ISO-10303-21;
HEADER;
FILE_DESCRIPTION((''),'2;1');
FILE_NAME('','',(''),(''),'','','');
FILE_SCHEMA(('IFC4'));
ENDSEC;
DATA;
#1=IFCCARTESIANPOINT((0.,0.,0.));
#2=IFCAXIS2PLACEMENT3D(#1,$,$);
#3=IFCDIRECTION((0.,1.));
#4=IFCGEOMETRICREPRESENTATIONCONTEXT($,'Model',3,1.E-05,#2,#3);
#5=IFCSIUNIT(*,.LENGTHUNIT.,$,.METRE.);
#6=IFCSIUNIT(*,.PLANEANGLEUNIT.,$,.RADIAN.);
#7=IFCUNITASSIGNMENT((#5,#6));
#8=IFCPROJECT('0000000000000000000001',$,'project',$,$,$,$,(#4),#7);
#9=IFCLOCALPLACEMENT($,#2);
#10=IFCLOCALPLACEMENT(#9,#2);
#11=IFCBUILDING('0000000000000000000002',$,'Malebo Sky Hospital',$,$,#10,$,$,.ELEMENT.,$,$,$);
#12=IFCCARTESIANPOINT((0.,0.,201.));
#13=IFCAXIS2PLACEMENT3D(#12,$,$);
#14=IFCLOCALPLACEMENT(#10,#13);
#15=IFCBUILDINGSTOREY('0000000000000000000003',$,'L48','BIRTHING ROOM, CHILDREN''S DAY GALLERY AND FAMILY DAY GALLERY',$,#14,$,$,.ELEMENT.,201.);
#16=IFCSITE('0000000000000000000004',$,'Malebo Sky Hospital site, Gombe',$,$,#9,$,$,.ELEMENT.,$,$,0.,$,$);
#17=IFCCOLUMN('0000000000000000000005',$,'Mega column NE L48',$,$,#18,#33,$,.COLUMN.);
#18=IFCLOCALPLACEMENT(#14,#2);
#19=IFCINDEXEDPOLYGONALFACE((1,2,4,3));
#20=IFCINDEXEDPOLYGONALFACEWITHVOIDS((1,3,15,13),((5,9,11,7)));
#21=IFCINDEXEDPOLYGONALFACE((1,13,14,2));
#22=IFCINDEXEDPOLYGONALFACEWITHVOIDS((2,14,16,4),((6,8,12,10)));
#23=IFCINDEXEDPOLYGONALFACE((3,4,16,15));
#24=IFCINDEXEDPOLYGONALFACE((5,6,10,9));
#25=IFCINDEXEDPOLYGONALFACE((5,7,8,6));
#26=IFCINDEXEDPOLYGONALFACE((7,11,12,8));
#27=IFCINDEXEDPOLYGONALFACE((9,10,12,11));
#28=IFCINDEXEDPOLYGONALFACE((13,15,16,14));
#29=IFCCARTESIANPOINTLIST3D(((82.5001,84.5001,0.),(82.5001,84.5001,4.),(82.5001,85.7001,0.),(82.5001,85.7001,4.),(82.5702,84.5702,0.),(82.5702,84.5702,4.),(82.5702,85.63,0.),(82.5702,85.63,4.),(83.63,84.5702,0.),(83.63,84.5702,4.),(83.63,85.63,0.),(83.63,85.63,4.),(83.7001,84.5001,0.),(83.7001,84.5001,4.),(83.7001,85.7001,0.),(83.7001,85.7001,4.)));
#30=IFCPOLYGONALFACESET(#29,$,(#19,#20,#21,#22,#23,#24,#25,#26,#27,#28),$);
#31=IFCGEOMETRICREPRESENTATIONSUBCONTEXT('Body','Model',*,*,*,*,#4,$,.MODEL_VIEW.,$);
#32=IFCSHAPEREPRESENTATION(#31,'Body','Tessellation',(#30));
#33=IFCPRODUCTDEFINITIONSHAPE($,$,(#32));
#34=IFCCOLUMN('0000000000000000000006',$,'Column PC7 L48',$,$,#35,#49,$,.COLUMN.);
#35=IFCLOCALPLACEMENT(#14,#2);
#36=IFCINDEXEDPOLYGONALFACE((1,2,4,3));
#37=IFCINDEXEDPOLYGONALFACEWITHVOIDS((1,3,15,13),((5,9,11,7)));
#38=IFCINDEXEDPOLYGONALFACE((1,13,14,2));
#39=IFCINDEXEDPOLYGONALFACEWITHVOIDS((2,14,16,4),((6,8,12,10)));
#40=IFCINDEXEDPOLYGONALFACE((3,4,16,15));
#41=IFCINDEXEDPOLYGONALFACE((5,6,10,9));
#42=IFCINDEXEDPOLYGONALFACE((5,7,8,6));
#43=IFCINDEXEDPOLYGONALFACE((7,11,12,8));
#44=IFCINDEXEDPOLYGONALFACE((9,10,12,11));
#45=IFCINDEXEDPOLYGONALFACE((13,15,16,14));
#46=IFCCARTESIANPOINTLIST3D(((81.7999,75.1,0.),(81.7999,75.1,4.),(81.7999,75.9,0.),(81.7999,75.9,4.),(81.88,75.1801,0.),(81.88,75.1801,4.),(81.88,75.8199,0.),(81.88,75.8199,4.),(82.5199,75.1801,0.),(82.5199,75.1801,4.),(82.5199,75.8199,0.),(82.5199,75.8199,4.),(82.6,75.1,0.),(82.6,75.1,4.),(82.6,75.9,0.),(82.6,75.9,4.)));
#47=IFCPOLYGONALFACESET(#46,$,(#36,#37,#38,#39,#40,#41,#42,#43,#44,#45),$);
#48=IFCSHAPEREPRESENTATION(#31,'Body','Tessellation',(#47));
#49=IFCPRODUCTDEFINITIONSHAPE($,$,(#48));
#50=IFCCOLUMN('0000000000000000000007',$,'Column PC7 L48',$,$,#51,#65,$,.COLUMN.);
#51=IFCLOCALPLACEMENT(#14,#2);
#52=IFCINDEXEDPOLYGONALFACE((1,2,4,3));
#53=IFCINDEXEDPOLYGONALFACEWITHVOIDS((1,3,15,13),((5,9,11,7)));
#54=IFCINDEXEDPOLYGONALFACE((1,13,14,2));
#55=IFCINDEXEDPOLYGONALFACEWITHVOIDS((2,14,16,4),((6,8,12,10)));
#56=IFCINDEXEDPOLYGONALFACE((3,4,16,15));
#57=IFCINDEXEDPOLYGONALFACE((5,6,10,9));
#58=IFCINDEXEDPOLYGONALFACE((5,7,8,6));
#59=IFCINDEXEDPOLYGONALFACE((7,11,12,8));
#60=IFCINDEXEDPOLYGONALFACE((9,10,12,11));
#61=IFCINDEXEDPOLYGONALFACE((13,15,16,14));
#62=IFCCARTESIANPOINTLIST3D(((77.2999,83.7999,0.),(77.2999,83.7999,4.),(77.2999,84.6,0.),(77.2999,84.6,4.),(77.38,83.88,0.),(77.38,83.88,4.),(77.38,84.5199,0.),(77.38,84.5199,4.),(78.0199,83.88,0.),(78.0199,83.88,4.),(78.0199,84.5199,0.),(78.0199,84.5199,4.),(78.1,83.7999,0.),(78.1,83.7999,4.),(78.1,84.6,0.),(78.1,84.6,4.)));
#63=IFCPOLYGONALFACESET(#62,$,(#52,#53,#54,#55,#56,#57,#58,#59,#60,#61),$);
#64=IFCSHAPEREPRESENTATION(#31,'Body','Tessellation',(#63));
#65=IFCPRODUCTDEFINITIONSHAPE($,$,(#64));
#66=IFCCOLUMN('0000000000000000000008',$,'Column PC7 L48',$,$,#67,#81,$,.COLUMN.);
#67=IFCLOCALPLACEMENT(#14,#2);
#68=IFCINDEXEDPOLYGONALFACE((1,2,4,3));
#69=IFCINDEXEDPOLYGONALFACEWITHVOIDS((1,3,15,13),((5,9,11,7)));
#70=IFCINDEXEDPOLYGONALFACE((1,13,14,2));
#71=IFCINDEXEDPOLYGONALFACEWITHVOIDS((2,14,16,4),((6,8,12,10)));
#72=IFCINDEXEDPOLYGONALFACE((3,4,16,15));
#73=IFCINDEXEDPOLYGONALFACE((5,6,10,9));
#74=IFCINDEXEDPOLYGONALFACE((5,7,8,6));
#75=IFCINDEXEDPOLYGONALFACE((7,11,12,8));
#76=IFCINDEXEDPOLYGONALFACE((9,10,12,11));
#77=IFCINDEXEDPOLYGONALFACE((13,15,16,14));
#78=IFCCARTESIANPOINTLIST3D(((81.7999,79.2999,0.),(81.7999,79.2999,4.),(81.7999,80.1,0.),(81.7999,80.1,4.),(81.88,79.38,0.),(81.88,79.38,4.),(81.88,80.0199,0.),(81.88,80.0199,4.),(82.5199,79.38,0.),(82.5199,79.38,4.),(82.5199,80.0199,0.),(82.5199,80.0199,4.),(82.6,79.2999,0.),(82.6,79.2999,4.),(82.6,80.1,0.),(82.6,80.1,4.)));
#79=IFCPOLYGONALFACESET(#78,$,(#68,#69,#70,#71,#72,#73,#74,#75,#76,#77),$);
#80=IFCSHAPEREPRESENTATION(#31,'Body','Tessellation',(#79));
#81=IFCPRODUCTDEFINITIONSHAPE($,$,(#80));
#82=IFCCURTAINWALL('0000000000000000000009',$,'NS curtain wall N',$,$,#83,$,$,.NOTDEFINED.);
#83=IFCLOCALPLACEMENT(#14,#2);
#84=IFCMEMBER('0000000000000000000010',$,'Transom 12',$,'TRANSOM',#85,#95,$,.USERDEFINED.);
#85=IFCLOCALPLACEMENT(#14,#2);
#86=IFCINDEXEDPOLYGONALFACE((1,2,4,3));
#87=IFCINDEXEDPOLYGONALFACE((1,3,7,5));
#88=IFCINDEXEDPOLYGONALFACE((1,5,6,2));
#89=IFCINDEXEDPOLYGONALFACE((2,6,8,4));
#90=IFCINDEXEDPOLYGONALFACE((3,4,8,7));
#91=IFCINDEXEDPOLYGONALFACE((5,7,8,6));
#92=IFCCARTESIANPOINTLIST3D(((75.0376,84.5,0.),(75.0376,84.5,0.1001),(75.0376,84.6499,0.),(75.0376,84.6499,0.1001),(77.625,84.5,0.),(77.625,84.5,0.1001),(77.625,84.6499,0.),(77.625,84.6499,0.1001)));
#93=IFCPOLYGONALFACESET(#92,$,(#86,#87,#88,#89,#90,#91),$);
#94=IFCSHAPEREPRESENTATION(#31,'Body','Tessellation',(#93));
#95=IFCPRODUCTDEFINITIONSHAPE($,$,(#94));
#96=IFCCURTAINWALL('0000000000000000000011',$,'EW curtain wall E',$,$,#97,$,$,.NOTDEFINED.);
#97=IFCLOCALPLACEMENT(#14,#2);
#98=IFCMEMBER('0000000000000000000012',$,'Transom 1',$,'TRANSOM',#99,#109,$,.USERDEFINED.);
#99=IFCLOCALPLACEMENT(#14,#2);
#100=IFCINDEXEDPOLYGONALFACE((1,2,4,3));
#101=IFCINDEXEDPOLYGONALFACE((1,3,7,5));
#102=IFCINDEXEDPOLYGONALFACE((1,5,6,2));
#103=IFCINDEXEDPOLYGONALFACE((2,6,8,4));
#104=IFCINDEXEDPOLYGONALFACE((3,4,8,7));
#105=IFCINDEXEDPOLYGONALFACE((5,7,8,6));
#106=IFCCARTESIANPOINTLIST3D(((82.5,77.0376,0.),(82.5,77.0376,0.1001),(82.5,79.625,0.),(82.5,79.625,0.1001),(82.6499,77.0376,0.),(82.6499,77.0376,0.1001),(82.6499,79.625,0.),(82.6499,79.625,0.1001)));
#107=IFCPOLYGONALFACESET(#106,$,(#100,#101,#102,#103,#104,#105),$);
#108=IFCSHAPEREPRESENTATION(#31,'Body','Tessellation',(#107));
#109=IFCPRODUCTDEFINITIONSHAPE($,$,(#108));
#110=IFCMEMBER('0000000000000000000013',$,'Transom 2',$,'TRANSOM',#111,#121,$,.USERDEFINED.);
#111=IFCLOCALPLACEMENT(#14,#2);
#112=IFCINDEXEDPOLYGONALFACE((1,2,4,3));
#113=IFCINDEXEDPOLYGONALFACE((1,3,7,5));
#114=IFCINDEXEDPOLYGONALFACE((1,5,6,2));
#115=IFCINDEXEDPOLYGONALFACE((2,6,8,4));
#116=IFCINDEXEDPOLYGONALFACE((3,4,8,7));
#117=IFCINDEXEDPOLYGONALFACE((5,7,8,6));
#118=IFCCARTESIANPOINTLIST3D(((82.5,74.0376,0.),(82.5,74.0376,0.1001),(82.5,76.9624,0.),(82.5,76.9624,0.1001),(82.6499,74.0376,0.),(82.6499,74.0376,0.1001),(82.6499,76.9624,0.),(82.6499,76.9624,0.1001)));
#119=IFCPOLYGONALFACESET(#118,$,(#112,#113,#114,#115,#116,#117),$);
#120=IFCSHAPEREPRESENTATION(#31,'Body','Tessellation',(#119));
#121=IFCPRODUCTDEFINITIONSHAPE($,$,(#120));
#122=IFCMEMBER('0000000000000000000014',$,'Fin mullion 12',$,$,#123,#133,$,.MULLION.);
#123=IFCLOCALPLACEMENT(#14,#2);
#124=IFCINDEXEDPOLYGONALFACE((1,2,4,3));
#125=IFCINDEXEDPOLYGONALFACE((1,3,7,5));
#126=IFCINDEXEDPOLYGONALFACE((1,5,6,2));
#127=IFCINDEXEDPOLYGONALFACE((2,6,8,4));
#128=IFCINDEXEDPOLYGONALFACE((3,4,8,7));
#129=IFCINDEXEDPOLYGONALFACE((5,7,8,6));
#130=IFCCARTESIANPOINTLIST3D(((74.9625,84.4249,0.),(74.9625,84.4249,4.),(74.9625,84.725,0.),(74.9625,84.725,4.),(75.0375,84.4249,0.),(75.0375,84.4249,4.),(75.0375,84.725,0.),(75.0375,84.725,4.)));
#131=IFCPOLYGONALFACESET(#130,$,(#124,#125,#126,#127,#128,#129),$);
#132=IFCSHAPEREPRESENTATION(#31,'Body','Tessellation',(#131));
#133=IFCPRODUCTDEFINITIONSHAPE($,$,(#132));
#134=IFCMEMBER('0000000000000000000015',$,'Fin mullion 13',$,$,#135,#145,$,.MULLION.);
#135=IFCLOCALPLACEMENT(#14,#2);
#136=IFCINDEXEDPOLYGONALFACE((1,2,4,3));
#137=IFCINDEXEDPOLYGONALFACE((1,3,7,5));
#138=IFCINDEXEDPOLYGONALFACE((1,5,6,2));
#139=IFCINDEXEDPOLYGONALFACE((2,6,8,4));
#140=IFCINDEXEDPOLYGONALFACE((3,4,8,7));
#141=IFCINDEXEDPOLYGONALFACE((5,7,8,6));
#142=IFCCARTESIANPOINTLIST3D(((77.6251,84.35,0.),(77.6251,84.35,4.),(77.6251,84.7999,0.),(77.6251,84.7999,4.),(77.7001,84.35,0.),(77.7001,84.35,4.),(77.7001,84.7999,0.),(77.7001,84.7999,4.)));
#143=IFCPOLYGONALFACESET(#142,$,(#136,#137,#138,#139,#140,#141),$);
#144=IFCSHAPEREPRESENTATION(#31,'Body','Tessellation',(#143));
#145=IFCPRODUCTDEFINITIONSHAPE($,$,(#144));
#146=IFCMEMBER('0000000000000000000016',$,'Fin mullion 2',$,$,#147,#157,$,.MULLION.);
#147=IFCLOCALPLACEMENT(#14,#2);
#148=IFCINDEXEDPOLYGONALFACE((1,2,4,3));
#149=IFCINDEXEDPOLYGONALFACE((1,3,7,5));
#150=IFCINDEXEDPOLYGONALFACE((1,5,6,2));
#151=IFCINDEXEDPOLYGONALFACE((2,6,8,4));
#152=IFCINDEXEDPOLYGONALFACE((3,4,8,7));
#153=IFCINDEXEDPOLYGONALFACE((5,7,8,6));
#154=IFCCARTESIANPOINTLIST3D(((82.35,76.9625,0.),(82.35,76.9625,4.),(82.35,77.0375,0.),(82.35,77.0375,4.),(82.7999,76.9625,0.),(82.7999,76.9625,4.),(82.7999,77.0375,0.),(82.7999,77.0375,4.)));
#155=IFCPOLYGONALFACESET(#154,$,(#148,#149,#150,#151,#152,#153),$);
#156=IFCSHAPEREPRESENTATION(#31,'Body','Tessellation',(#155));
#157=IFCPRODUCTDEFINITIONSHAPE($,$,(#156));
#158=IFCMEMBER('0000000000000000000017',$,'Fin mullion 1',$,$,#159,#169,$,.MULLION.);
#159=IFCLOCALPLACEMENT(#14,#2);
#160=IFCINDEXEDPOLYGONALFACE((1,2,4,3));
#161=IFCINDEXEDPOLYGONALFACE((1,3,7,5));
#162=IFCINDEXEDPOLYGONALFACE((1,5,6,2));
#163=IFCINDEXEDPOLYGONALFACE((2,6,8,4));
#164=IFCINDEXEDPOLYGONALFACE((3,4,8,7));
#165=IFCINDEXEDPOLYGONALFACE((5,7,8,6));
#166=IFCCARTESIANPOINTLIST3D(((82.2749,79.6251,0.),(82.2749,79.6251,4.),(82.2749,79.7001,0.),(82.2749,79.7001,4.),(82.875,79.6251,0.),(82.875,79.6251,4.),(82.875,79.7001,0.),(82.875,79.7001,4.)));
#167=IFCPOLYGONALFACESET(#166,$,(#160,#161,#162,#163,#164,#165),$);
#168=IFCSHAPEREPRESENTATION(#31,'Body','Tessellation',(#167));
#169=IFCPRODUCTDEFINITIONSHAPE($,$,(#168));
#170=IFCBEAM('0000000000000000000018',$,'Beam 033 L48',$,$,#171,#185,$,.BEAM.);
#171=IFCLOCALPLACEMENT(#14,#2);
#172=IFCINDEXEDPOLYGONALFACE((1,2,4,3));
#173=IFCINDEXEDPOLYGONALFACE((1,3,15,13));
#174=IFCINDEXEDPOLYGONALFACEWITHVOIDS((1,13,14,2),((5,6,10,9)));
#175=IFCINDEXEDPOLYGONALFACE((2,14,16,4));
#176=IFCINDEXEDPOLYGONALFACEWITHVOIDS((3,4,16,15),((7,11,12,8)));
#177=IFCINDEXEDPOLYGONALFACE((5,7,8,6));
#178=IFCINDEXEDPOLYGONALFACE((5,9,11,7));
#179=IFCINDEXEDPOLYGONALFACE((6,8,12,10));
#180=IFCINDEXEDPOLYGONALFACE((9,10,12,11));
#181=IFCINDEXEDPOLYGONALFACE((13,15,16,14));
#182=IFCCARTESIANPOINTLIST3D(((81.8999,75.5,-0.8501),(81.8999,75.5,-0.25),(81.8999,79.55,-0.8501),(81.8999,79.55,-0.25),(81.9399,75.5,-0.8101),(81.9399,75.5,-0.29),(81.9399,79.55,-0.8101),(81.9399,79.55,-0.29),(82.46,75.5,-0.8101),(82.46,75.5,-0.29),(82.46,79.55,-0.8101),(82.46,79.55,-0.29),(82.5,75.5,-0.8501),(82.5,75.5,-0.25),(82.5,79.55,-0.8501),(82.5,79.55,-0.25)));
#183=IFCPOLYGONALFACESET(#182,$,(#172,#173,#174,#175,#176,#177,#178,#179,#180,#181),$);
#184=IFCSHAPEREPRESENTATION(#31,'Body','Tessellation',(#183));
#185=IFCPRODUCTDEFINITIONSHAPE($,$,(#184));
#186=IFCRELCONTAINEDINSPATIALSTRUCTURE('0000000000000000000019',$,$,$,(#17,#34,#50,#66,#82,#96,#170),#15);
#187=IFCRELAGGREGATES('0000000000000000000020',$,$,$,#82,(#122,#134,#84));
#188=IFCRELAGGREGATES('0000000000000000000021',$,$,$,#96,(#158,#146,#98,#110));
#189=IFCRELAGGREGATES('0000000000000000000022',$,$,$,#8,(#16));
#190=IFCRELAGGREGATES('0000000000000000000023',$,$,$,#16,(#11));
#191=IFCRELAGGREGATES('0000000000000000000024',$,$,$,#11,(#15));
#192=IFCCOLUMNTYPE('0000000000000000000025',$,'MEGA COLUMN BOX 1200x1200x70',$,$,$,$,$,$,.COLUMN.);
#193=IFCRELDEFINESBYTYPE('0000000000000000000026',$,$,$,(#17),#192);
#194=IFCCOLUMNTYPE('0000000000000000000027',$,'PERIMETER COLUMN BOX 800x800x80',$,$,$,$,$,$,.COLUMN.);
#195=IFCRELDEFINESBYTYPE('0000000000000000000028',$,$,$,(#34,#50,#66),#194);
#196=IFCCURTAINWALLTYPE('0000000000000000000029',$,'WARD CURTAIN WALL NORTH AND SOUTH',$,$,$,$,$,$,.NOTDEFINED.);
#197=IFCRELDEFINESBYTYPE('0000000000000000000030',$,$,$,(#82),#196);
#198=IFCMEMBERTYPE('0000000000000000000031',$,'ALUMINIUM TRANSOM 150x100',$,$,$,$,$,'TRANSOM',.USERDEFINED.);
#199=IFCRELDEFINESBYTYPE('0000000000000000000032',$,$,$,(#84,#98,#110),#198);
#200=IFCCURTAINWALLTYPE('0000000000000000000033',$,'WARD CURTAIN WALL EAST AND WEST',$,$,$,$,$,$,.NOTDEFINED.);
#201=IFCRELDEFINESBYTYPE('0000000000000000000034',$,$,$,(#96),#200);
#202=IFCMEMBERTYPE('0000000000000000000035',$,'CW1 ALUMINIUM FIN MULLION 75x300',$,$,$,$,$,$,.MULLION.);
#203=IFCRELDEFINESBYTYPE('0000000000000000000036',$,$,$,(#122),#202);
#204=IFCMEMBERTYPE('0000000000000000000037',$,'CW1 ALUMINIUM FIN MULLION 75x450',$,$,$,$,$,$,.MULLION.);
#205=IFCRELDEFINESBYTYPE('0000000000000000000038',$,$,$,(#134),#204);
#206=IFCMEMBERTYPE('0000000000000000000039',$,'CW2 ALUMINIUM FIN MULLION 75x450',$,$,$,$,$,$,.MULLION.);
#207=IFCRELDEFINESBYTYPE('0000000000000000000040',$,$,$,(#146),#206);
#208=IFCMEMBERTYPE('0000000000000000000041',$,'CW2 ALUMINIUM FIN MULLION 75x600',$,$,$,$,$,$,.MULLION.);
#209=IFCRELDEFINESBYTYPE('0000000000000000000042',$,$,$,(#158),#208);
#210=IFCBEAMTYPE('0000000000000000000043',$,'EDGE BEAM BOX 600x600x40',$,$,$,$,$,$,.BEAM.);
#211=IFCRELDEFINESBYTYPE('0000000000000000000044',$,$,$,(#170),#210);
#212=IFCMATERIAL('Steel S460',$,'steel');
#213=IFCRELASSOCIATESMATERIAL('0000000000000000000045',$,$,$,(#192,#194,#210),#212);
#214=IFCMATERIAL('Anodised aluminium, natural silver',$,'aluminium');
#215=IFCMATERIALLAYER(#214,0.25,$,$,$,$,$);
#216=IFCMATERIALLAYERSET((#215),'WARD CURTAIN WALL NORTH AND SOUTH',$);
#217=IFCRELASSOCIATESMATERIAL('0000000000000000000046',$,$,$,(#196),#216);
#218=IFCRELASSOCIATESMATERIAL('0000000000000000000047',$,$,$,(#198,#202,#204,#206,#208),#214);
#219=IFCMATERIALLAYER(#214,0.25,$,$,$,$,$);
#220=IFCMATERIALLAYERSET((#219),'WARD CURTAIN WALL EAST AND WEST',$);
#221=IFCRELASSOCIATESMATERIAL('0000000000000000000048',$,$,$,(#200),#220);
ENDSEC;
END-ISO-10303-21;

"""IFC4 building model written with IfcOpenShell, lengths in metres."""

from ifc_helpers import new_model, si_unit, direction, frame, origin, origin_2d, place, context, subcontext, project, spatial, rectangle, hollow_rectangle, extrude, material, layer, layer_set, material_profile, profile_set, type_object, element, aggregate, save


model = new_model("IFC4")

# Units and contexts
model_context = context("Model", 3, precision=1e-05, world=origin(), true_north=direction((0.0, 1.0)))
body_context = subcontext(model_context, "Body", "Model", "MODEL_VIEW")
ifc_project = project(units=[si_unit("LENGTHUNIT", "METRE"), si_unit("PLANEANGLEUNIT", "RADIAN")], contexts=[model_context])

# Site, building, storey
site_placement = place(None, origin())
site = spatial("IfcSite", under=ifc_project, at=site_placement, Name="Malebo Sky Hospital site, Gombe", CompositionType="ELEMENT", RefElevation=0.0)
building_placement = place(site_placement, origin())
building = spatial("IfcBuilding", under=site, at=building_placement, Name="Malebo Sky Hospital", CompositionType="ELEMENT")
storey_placement = place(building_placement, frame((0.0, 0.0, 201.0)))
storey = spatial("IfcBuildingStorey", under=building, at=storey_placement, Name="L48", Description="BIRTHING ROOM, CHILDREN'S DAY GALLERY AND FAMILY DAY GALLERY", CompositionType="ELEMENT", Elevation=201.0)

# Columns
ifc_material_1 = material(Name="Steel S460", Category="steel")
ifc_material_profile_1 = material_profile(ifc_material_1, hollow_rectangle(XDim=1.2, YDim=1.2, WallThickness=0.0701, at=origin_2d()), Name="BOX 1200x1200x70")
ifc_profile_set_1 = profile_set([ifc_material_profile_1], Name="Steel S460")
column_type_1 = type_object("IfcColumnType", Name="MEGA COLUMN BOX 1200x1200x70", PredefinedType="COLUMN", material=ifc_profile_set_1)
column_placement = place(storey_placement, frame((83.1001, 85.1001, 0.0), z_axis=(0.0, 0.0, 1.0), x_axis=(1.0, 0.0, 0.0)))
element("IfcColumn", 1, at=column_placement, inside=storey, type_object=column_type_1, Name="Mega column NE L48", PredefinedType="COLUMN", context=body_context, shape_type="SweptSolid", body=[
    extrude(hollow_rectangle(XDim=1.2, YDim=1.2, WallThickness=0.0701, at=origin_2d()), origin(), (0.0, 0.0, 1.0), 4.0),
])
ifc_material_profile_2 = material_profile(ifc_material_1, hollow_rectangle(XDim=0.8, YDim=0.8, WallThickness=0.0801, at=origin_2d()), Name="BOX 800x800x80")
ifc_profile_set_2 = profile_set([ifc_material_profile_2], Name="Steel S460")
column_type_2 = type_object("IfcColumnType", Name="PERIMETER COLUMN BOX 800x800x80", PredefinedType="COLUMN", material=ifc_profile_set_2)
for number, where, z_axis, x_axis, name in (
    (2, (82.2, 75.5, 0.0), (0.0, 0.0, 1.0), (1.0, 0.0, 0.0), "Column PC7 L48"),
    (3, (77.7, 84.2, 0.0), (0.0, 0.0, 1.0), (1.0, 0.0, 0.0), "Column PC7 L48"),
    (4, (82.2, 79.7, 0.0), (0.0, 0.0, 1.0), (1.0, 0.0, 0.0), "Column PC7 L48"),
):
    element("IfcColumn", number, at=place(storey_placement, frame(where, z_axis=z_axis, x_axis=x_axis)), inside=storey, type_object=column_type_2, Name=name, PredefinedType="COLUMN", context=body_context, shape_type="SweptSolid", body=[
        extrude(hollow_rectangle(XDim=0.8, YDim=0.8, WallThickness=0.0801, at=origin_2d()), origin(), (0.0, 0.0, 1.0), 4.0),
    ])

# Curtain wall, member
ifc_material_2 = material(Name="Anodised aluminium, natural silver", Category="aluminium")
ifc_layer_1 = layer(ifc_material_2, 0.25)
ifc_layer_set_1 = layer_set([ifc_layer_1], Name="WARD CURTAIN WALL NORTH AND SOUTH")
curtain_wall_type_1 = type_object("IfcCurtainWallType", Name="WARD CURTAIN WALL NORTH AND SOUTH", PredefinedType="NOTDEFINED", material=ifc_layer_set_1)
curtain_wall_1_placement = place(storey_placement, origin())
curtain_wall_1 = element("IfcCurtainWall", 5, at=curtain_wall_1_placement, inside=storey, type_object=curtain_wall_type_1, Name="NS curtain wall N", PredefinedType="NOTDEFINED")
ifc_material_profile_3 = material_profile(ifc_material_2, rectangle(XDim=0.1499, YDim=0.1001, at=origin_2d()), Name="ALUMINIUM TRANSOM 150x100")
ifc_profile_set_3 = profile_set([ifc_material_profile_3], Name="Anodised aluminium, natural silver")
member_type_1 = type_object("IfcMemberType", Name="ALUMINIUM TRANSOM 150x100", ElementType="TRANSOM", PredefinedType="USERDEFINED", material=ifc_profile_set_3)
member_1_placement = place(storey_placement, frame((75.0376, 84.575, 0.05), z_axis=(1.0, 0.0, 0.0), x_axis=(0.0, 1.0, 0.0)))
member_1 = element("IfcMember", 6, at=member_1_placement, type_object=member_type_1, Name="Transom 12", ObjectType="TRANSOM", PredefinedType="USERDEFINED", context=body_context, shape_type="SweptSolid", body=[
    extrude(rectangle(XDim=0.1499, YDim=0.1001, at=origin_2d()), origin(), (0.0, 0.0, 1.0), 2.5874),
])

# Curtain wall, members
ifc_layer_2 = layer(ifc_material_2, 0.25)
ifc_layer_set_2 = layer_set([ifc_layer_2], Name="WARD CURTAIN WALL EAST AND WEST")
curtain_wall_type_2 = type_object("IfcCurtainWallType", Name="WARD CURTAIN WALL EAST AND WEST", PredefinedType="NOTDEFINED", material=ifc_layer_set_2)
curtain_wall_2_placement = place(storey_placement, origin())
curtain_wall_2 = element("IfcCurtainWall", 7, at=curtain_wall_2_placement, inside=storey, type_object=curtain_wall_type_2, Name="EW curtain wall E", PredefinedType="NOTDEFINED")
member_2_placement = place(storey_placement, frame((82.575, 79.625, 0.05), z_axis=(0.0, -1.0, 0.0), x_axis=(1.0, 0.0, 0.0)))
member_2 = element("IfcMember", 8, at=member_2_placement, type_object=member_type_1, Name="Transom 1", ObjectType="TRANSOM", PredefinedType="USERDEFINED", context=body_context, shape_type="SweptSolid", body=[
    extrude(rectangle(XDim=0.1499, YDim=0.1001, at=origin_2d()), origin(), (0.0, 0.0, 1.0), 2.5874),
])
member_3_placement = place(storey_placement, frame((82.575, 76.9624, 0.05), z_axis=(0.0, -1.0, 0.0), x_axis=(1.0, 0.0, 0.0)))
member_3 = element("IfcMember", 9, at=member_3_placement, type_object=member_type_1, Name="Transom 2", ObjectType="TRANSOM", PredefinedType="USERDEFINED", context=body_context, shape_type="SweptSolid", body=[
    extrude(rectangle(XDim=0.1499, YDim=0.1001, at=origin_2d()), origin(), (0.0, 0.0, 1.0), 2.9248),
])

# Members
ifc_material_profile_4 = material_profile(ifc_material_2, rectangle(XDim=0.075, YDim=0.3, at=origin_2d()), Name="CW1 ALUMINIUM FIN MULLION 75x300")
ifc_profile_set_4 = profile_set([ifc_material_profile_4], Name="Anodised aluminium, natural silver")
member_type_2 = type_object("IfcMemberType", Name="CW1 ALUMINIUM FIN MULLION 75x300", PredefinedType="MULLION", material=ifc_profile_set_4)
member_4_placement = place(storey_placement, frame((75.0, 84.575, 0.0), z_axis=(0.0, 0.0, 1.0), x_axis=(1.0, 0.0, 0.0)))
member_4 = element("IfcMember", 10, at=member_4_placement, type_object=member_type_2, Name="Fin mullion 12", PredefinedType="MULLION", context=body_context, shape_type="SweptSolid", body=[
    extrude(rectangle(XDim=0.075, YDim=0.3, at=origin_2d()), origin(), (0.0, 0.0, 1.0), 4.0),
])
ifc_material_profile_5 = material_profile(ifc_material_2, rectangle(XDim=0.075, YDim=0.45, at=origin_2d()), Name="CW1 ALUMINIUM FIN MULLION 75x450")
ifc_profile_set_5 = profile_set([ifc_material_profile_5], Name="Anodised aluminium, natural silver")
member_type_3 = type_object("IfcMemberType", Name="CW1 ALUMINIUM FIN MULLION 75x450", PredefinedType="MULLION", material=ifc_profile_set_5)
member_5_placement = place(storey_placement, frame((77.6626, 84.575, 0.0), z_axis=(0.0, 0.0, 1.0), x_axis=(1.0, 0.0, 0.0)))
member_5 = element("IfcMember", 11, at=member_5_placement, type_object=member_type_3, Name="Fin mullion 13", PredefinedType="MULLION", context=body_context, shape_type="SweptSolid", body=[
    extrude(rectangle(XDim=0.075, YDim=0.45, at=origin_2d()), origin(), (0.0, 0.0, 1.0), 4.0),
])
ifc_material_profile_6 = material_profile(ifc_material_2, rectangle(XDim=0.075, YDim=0.45, at=origin_2d()), Name="CW2 ALUMINIUM FIN MULLION 75x450")
ifc_profile_set_6 = profile_set([ifc_material_profile_6], Name="Anodised aluminium, natural silver")
member_type_4 = type_object("IfcMemberType", Name="CW2 ALUMINIUM FIN MULLION 75x450", PredefinedType="MULLION", material=ifc_profile_set_6)
member_6_placement = place(storey_placement, frame((82.575, 77.0, 0.0), z_axis=(0.0, 0.0, 1.0), x_axis=(0.0, -1.0, 0.0)))
member_6 = element("IfcMember", 12, at=member_6_placement, type_object=member_type_4, Name="Fin mullion 2", PredefinedType="MULLION", context=body_context, shape_type="SweptSolid", body=[
    extrude(rectangle(XDim=0.075, YDim=0.45, at=origin_2d()), origin(), (0.0, 0.0, 1.0), 4.0),
])
ifc_material_profile_7 = material_profile(ifc_material_2, rectangle(XDim=0.075, YDim=0.6001, at=origin_2d()), Name="CW2 ALUMINIUM FIN MULLION 75x600")
ifc_profile_set_7 = profile_set([ifc_material_profile_7], Name="Anodised aluminium, natural silver")
member_type_5 = type_object("IfcMemberType", Name="CW2 ALUMINIUM FIN MULLION 75x600", PredefinedType="MULLION", material=ifc_profile_set_7)
member_7_placement = place(storey_placement, frame((82.575, 79.6626, 0.0), z_axis=(0.0, 0.0, 1.0), x_axis=(0.0, -1.0, 0.0)))
member_7 = element("IfcMember", 13, at=member_7_placement, type_object=member_type_5, Name="Fin mullion 1", PredefinedType="MULLION", context=body_context, shape_type="SweptSolid", body=[
    extrude(rectangle(XDim=0.075, YDim=0.6001, at=origin_2d()), origin(), (0.0, 0.0, 1.0), 4.0),
])

# Beam
ifc_material_profile_8 = material_profile(ifc_material_1, hollow_rectangle(XDim=0.6001, YDim=0.6001, WallThickness=0.04, at=origin_2d()), Name="BOX 600x600x40")
ifc_profile_set_8 = profile_set([ifc_material_profile_8], Name="Steel S460")
beam_type_1 = type_object("IfcBeamType", Name="EDGE BEAM BOX 600x600x40", PredefinedType="BEAM", material=ifc_profile_set_8)
for number, where, z_axis, x_axis, name in (
    (14, (82.2, 75.5, -0.55), (0.0, 1.0, 0.0), (-1.0, 0.0, 0.0), "Beam 033 L48"),
):
    element("IfcBeam", number, at=place(storey_placement, frame(where, z_axis=z_axis, x_axis=x_axis)), inside=storey, type_object=beam_type_1, Name=name, PredefinedType="BEAM", context=body_context, shape_type="SweptSolid", body=[
        extrude(hollow_rectangle(XDim=0.6001, YDim=0.6001, WallThickness=0.04, at=origin_2d()), origin(), (0.0, 0.0, 1.0), 4.05),
    ])

aggregate(curtain_wall_1, [member_4, member_5, member_1])
aggregate(curtain_wall_2, [member_7, member_6, member_2, member_3])

save(model, "model.ifc")
